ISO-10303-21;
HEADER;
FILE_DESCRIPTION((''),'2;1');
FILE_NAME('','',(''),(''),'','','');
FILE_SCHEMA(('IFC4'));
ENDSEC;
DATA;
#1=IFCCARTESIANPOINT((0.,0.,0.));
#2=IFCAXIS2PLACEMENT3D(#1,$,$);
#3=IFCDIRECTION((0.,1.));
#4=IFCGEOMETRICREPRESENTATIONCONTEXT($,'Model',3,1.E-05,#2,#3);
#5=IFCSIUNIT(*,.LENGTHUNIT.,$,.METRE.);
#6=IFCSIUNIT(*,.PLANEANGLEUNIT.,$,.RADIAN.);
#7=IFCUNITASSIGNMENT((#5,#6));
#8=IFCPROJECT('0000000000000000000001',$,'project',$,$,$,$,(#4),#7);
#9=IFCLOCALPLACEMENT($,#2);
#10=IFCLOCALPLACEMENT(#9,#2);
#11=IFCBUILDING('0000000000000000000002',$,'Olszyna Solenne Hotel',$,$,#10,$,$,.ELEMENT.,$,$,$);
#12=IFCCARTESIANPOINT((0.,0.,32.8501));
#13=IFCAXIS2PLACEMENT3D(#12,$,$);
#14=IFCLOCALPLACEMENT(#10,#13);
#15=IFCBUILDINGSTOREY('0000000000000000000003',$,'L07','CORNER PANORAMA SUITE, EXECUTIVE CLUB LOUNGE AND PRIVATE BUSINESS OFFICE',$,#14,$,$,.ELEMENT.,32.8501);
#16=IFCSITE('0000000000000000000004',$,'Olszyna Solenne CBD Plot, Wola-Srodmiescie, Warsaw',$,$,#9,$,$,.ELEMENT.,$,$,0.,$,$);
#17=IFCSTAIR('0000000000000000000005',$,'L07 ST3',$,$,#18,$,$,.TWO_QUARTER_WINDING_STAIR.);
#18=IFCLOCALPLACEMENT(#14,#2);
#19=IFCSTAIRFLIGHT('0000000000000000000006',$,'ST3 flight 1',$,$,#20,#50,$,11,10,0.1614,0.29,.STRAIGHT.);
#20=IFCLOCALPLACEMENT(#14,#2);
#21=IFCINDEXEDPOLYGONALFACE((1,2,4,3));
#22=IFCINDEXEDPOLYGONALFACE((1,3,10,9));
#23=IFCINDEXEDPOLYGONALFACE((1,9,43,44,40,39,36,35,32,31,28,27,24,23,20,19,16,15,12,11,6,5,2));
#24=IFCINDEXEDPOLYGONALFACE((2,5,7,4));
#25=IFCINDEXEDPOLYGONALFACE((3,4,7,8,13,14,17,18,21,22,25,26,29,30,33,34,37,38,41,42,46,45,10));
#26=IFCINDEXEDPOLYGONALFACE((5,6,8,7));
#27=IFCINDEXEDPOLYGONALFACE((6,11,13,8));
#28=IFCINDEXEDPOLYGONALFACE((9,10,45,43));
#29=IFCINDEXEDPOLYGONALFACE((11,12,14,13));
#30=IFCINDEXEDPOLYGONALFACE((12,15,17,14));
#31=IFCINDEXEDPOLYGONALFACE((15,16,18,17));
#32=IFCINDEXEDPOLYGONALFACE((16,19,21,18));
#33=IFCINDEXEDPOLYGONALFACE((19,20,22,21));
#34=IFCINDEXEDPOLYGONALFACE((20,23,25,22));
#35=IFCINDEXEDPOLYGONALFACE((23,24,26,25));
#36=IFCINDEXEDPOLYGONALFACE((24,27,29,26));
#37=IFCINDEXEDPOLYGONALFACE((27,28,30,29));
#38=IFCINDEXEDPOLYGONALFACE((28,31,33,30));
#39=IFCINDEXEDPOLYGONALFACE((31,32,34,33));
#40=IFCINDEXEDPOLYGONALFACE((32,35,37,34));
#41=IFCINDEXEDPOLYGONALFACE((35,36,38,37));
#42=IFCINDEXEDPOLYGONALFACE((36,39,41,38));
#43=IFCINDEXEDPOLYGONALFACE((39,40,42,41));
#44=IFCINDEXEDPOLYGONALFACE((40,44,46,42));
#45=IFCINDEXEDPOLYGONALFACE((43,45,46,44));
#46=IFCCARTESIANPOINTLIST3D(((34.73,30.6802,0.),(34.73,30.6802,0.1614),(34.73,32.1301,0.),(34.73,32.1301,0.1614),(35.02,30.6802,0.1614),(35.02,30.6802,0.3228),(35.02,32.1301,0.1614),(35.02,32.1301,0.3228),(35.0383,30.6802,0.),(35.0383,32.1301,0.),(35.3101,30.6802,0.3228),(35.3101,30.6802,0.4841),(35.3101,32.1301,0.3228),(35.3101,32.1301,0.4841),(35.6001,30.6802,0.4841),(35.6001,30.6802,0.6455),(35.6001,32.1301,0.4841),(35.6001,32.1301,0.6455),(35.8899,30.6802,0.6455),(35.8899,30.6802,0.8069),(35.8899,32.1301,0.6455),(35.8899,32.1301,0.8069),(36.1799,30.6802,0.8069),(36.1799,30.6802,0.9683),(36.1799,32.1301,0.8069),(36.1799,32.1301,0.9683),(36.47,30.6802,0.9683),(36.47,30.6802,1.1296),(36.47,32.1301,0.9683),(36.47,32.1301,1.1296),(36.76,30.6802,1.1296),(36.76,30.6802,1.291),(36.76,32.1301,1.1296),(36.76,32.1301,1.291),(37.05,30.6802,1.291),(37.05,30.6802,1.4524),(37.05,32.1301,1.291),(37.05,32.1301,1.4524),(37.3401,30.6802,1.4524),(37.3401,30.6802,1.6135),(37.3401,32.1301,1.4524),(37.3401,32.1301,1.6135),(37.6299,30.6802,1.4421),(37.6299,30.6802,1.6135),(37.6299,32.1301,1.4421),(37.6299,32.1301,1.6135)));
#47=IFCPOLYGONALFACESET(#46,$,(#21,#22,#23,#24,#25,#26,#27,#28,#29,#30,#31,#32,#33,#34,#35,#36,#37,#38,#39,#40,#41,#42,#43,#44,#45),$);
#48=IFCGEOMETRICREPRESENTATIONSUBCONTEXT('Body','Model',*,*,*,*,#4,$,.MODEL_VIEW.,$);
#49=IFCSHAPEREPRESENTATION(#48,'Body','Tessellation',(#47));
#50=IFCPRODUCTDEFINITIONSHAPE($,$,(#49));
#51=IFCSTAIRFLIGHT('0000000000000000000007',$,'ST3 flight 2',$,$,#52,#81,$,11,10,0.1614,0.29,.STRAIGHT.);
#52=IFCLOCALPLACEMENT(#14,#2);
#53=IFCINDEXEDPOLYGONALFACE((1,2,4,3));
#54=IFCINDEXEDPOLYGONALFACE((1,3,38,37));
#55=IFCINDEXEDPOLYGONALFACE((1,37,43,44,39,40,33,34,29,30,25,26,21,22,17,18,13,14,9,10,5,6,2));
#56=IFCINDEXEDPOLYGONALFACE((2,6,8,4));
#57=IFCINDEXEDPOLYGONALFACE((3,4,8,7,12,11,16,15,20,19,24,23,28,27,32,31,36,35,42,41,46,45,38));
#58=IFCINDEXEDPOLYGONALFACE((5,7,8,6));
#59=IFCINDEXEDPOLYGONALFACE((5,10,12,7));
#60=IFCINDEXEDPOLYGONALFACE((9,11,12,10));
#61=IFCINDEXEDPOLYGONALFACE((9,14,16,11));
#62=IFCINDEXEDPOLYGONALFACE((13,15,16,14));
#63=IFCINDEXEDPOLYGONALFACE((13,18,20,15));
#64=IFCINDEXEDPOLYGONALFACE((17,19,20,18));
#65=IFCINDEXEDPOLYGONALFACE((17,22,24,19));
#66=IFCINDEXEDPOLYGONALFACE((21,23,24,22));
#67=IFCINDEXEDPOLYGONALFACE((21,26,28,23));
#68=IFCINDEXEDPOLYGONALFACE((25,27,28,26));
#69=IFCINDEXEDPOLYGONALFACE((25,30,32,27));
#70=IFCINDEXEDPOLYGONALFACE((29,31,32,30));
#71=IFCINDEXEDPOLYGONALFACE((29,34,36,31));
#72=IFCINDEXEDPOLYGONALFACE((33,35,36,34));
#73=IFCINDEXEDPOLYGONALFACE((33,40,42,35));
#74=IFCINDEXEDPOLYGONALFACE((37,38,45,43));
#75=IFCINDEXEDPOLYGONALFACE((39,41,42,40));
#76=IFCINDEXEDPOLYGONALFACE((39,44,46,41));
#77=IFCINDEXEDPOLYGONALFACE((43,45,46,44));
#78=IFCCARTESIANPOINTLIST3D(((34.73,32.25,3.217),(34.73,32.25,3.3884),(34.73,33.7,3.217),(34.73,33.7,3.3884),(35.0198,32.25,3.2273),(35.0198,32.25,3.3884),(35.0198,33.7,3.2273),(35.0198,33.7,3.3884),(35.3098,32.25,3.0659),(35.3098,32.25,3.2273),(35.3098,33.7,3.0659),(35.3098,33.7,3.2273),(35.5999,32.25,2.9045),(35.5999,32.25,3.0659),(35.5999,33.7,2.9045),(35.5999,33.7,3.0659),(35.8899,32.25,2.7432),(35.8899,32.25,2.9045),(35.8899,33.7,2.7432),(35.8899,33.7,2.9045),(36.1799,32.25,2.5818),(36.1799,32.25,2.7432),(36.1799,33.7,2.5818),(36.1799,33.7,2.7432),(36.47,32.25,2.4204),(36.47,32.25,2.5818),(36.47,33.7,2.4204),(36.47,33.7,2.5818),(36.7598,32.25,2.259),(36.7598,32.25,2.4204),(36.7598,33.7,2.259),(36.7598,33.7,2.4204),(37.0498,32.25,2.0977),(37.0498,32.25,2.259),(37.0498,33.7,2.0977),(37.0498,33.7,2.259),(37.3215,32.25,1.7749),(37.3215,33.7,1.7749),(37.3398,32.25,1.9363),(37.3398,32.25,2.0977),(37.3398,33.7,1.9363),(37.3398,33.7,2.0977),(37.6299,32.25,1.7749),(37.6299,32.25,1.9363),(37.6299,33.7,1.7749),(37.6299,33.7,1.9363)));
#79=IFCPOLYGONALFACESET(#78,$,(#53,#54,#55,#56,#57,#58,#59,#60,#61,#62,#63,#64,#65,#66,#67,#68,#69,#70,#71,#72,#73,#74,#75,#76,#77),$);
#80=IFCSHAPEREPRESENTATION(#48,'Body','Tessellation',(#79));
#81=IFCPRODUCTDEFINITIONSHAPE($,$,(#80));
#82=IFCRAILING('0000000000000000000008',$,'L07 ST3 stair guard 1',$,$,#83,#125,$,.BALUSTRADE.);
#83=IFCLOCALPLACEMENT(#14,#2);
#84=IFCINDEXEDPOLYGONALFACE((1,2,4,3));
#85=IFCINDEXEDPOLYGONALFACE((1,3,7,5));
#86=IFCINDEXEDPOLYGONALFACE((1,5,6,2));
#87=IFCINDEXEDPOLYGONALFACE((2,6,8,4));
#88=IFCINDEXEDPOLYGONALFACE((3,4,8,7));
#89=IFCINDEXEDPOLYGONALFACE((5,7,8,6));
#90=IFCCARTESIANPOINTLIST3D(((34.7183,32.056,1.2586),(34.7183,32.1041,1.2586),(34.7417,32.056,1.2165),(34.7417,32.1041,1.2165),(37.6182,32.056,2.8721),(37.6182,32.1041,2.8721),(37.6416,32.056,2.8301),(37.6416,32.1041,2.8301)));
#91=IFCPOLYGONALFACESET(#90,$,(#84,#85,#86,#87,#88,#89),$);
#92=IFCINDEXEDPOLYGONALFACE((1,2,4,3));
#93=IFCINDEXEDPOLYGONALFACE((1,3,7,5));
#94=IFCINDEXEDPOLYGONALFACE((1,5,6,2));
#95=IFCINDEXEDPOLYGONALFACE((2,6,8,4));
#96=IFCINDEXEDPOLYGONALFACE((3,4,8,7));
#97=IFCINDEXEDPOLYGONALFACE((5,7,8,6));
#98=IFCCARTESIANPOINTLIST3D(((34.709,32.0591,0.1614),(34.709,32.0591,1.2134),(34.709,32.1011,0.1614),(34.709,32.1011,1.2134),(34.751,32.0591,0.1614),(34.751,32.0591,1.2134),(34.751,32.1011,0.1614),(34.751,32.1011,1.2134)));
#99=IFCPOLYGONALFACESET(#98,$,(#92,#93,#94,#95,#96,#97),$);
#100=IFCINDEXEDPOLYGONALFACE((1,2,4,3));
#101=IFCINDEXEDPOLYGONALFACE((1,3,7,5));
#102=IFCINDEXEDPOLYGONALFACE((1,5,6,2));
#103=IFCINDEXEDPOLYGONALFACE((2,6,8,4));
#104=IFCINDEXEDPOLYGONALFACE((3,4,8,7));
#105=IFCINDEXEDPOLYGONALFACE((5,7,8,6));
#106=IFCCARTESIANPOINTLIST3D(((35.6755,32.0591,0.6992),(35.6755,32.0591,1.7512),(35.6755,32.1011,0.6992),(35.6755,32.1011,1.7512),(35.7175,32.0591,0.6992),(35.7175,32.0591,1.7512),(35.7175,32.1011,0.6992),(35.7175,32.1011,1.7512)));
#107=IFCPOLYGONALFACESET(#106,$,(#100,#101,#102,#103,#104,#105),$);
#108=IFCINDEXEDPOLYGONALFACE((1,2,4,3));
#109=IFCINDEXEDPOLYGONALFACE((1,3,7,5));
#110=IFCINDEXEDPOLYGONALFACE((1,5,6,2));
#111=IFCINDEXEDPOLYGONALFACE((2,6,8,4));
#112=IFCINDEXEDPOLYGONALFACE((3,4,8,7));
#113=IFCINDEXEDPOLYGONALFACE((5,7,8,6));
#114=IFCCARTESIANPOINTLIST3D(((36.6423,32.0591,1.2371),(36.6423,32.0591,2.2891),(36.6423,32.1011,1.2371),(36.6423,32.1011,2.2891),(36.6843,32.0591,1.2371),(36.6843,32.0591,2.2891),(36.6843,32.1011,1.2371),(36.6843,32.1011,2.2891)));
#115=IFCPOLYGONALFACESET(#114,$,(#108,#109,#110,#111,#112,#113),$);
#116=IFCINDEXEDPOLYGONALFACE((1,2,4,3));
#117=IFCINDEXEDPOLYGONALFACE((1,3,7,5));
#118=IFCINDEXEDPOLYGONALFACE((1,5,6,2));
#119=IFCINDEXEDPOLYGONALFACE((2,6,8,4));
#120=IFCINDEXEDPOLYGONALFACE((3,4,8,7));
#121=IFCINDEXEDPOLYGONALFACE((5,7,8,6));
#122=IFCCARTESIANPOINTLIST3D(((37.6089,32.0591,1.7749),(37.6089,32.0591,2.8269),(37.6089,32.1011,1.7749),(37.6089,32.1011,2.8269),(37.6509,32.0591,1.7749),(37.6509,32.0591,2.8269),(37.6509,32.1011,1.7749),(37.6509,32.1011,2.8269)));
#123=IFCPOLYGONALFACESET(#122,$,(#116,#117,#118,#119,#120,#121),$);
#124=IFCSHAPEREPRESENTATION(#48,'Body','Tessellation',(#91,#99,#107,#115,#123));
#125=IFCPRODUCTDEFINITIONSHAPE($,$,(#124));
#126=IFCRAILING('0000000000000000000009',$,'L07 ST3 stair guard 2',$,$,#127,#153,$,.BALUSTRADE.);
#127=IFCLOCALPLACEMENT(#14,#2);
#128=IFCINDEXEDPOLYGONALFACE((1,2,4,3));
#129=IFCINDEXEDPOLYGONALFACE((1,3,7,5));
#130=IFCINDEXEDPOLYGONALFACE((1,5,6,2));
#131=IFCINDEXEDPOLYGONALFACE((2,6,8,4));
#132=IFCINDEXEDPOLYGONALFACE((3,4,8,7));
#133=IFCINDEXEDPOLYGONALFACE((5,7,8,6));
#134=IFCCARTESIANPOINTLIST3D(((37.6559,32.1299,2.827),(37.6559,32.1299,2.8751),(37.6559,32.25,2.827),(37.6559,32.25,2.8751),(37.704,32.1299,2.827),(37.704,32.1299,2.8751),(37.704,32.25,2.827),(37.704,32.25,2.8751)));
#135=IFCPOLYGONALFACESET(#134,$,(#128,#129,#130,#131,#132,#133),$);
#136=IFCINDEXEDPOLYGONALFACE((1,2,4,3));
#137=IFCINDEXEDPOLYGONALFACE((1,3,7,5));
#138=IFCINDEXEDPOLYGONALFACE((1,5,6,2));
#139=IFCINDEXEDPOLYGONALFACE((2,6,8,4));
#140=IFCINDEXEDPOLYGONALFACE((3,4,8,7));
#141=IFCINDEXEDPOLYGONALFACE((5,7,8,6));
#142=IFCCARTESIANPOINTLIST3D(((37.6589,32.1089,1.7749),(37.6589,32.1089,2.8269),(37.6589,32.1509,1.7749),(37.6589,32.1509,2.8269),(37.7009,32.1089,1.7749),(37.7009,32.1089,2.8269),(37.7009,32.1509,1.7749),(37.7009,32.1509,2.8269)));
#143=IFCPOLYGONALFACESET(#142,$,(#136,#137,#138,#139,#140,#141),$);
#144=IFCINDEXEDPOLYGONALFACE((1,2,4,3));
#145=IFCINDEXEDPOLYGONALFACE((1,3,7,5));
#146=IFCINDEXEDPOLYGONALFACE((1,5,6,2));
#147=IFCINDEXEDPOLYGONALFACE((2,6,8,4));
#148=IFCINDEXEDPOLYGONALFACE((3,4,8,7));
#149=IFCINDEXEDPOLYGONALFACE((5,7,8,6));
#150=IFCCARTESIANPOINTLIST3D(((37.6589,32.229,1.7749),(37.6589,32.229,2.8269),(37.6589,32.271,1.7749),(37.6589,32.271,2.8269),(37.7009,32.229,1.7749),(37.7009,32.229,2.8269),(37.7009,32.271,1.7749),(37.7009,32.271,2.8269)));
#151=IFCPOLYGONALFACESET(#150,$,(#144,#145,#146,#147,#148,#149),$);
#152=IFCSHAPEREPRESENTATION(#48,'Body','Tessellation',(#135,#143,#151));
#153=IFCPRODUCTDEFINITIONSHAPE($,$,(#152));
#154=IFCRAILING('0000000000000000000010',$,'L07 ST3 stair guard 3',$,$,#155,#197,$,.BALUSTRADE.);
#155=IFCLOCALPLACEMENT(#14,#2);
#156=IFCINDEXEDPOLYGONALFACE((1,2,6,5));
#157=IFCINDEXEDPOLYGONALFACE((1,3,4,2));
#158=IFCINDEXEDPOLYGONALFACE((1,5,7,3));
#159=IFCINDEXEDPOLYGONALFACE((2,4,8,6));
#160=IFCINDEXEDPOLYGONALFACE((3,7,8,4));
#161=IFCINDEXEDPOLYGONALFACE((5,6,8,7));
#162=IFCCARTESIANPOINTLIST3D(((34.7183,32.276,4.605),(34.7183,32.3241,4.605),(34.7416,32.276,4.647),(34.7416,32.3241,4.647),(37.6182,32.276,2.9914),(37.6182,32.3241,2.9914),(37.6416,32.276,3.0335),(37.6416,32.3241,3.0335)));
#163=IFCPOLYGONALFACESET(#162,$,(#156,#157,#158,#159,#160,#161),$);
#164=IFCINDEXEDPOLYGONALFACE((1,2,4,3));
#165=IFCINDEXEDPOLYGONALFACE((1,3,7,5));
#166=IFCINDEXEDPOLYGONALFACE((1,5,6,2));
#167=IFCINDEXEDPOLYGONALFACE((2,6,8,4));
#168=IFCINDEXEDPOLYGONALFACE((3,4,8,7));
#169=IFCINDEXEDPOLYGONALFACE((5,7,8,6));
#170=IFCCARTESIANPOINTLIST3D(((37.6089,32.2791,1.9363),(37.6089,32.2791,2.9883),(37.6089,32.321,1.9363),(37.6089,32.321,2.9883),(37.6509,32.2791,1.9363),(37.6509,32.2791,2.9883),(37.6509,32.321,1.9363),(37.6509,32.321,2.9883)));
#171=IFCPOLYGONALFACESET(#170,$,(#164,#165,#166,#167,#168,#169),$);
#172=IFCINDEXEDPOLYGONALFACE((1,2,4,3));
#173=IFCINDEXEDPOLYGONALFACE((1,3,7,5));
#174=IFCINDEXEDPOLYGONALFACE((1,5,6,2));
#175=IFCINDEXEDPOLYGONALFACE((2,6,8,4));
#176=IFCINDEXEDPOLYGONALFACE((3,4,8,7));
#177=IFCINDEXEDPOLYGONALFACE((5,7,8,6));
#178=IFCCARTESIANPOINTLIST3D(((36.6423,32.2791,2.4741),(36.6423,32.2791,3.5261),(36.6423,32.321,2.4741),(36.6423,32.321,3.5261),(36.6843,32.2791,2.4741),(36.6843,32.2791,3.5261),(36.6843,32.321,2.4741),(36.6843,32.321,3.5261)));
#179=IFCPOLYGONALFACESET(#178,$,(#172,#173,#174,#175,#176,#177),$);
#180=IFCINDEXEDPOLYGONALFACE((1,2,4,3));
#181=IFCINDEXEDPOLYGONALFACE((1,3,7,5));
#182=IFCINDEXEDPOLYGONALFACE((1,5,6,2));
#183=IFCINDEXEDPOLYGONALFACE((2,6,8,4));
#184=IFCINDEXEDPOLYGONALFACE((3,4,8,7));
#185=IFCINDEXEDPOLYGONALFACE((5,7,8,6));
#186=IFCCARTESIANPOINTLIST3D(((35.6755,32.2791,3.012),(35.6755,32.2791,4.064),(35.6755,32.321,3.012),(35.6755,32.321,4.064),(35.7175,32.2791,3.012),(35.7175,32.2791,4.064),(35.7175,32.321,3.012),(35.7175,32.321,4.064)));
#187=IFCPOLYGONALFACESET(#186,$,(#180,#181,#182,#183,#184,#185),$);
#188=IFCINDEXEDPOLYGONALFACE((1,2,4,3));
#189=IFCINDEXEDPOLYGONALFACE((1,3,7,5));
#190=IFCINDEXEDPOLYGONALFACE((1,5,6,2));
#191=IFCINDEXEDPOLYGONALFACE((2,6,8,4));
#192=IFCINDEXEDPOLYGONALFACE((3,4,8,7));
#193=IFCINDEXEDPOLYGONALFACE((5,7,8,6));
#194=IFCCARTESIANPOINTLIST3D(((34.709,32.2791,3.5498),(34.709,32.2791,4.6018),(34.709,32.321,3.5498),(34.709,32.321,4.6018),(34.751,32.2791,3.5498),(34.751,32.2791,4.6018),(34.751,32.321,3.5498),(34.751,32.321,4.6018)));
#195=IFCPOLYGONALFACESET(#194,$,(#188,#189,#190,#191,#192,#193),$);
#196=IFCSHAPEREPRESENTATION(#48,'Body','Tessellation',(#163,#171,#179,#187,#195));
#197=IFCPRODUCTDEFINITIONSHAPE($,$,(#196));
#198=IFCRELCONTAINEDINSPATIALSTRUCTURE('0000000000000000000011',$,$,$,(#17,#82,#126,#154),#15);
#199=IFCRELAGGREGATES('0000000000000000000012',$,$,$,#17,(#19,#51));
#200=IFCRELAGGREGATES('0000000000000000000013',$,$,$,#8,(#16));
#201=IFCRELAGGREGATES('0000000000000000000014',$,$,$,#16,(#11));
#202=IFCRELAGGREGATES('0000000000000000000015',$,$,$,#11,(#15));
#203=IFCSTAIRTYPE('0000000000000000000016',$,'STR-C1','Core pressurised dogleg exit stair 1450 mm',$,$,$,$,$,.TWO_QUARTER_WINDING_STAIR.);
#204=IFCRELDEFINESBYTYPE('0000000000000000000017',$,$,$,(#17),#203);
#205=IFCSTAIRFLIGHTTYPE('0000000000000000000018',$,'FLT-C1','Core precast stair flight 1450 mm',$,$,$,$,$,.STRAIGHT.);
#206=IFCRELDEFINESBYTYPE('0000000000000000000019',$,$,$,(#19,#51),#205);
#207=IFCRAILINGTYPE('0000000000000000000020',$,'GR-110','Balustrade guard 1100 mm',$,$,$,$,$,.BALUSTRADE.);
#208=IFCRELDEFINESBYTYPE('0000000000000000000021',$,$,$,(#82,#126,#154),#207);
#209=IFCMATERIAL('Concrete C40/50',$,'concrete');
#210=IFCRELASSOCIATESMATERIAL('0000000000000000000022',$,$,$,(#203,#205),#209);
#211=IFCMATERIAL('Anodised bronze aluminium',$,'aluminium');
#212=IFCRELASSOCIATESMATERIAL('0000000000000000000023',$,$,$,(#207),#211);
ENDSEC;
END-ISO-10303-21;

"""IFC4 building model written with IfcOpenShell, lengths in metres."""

from ifc_helpers import new_model, si_unit, direction, frame, origin, origin_2d, place, context, subcontext, project, spatial, polyline, rectangle, outline, extrude, material, type_object, element, aggregate, save


model = new_model("IFC4")

# Units and contexts
model_context = context("Model", 3, precision=1e-05, world=origin(), true_north=direction((0.0, 1.0)))
body_context = subcontext(model_context, "Body", "Model", "MODEL_VIEW")
ifc_project = project(units=[si_unit("LENGTHUNIT", "METRE"), si_unit("PLANEANGLEUNIT", "RADIAN")], contexts=[model_context])

# Site, building, storey
site_placement = place(None, origin())
site = spatial("IfcSite", under=ifc_project, at=site_placement, Name="Olszyna Solenne CBD Plot, Wola-Srodmiescie, Warsaw", CompositionType="ELEMENT", RefElevation=0.0)
building_placement = place(site_placement, origin())
building = spatial("IfcBuilding", under=site, at=building_placement, Name="Olszyna Solenne Hotel", CompositionType="ELEMENT")
storey_placement = place(building_placement, frame((0.0, 0.0, 32.8501)))
storey = spatial("IfcBuildingStorey", under=building, at=storey_placement, Name="L07", Description="CORNER PANORAMA SUITE, EXECUTIVE CLUB LOUNGE AND PRIVATE BUSINESS OFFICE", CompositionType="ELEMENT", Elevation=32.8501)

# Shared definitions
ifc_material_1 = material(Name="Anodised bronze aluminium", Category="aluminium")

# Stair, stair flights
ifc_material_2 = material(Name="Concrete C40/50", Category="concrete")
stair_type = type_object("IfcStairType", Name="STR-C1", Description="Core pressurised dogleg exit stair 1450 mm", PredefinedType="TWO_QUARTER_WINDING_STAIR", material=ifc_material_2)
stair_placement = place(storey_placement, origin())
stair = element("IfcStair", 1, at=stair_placement, inside=storey, type_object=stair_type, Name="L07 ST3", PredefinedType="TWO_QUARTER_WINDING_STAIR")
stair_flight_type = type_object("IfcStairFlightType", Name="FLT-C1", Description="Core precast stair flight 1450 mm", PredefinedType="STRAIGHT", material=ifc_material_2)
stair_flight_1_placement = place(storey_placement, frame((34.73, 31.405, 0.0), z_axis=(0.0, 0.0, 1.0), x_axis=(1.0, 0.0, 0.0)))
stair_flight_1 = element("IfcStairFlight", 2, at=stair_flight_1_placement, type_object=stair_flight_type, Name="ST3 flight 1", NumberOfRisers=11, NumberOfTreads=10, PredefinedType="STRAIGHT", RiserHeight=0.1614, TreadLength=0.29, context=body_context, shape_type="SweptSolid", body=[
    extrude(outline(polyline([(0.0, 0.0), (0.0, 0.1614), (0.29, 0.1614), (0.29, 0.3228), (0.5801, 0.3228), (0.5801, 0.4841), (0.8701, 0.4841), (0.8701, 0.6455), (1.1599, 0.6455), (1.1599, 0.8069), (1.45, 0.8069), (1.45, 0.9683), (1.74, 0.9683), (1.74, 1.1296), (2.03, 1.1296), (2.03, 1.291), (2.3201, 1.291), (2.3201, 1.4524), (2.6101, 1.4524), (2.6101, 1.6135), (2.8999, 1.6135), (2.8999, 1.7749), (2.8999, 1.4421), (0.3083, 0.0), (0.0, 0.0)])), frame((0.0, 0.7251, 0.0), z_axis=(0.0, -1.0, 0.0), x_axis=(1.0, 0.0, 0.0)), (0.0, 0.0, 1.0), 1.45),
])
stair_flight_2_placement = place(storey_placement, frame((37.6299, 32.9751, 1.7749), z_axis=(0.0, 0.0, 1.0), x_axis=(-1.0, 0.0, 0.0)))
stair_flight_2 = element("IfcStairFlight", 3, at=stair_flight_2_placement, type_object=stair_flight_type, Name="ST3 flight 2", NumberOfRisers=11, NumberOfTreads=10, PredefinedType="STRAIGHT", RiserHeight=0.1614, TreadLength=0.29, context=body_context, shape_type="SweptSolid", body=[
    extrude(outline(polyline([(0.0, 0.0), (0.0, 0.1614), (0.29, 0.1614), (0.29, 0.3228), (0.5801, 0.3228), (0.5801, 0.4841), (0.8701, 0.4841), (0.8701, 0.6455), (1.1599, 0.6455), (1.1599, 0.8069), (1.45, 0.8069), (1.45, 0.9683), (1.74, 0.9683), (1.74, 1.1296), (2.03, 1.1296), (2.03, 1.291), (2.3201, 1.291), (2.3201, 1.4524), (2.6101, 1.4524), (2.6101, 1.6135), (2.8999, 1.6135), (2.8999, 1.7749), (2.8999, 1.4421), (0.3083, 0.0), (0.0, 0.0)])), frame((0.0, 0.7251, 0.0), z_axis=(0.0, -1.0, 0.0), x_axis=(1.0, 0.0, 0.0)), (0.0, 0.0, 1.0), 1.45),
])
aggregate(stair, [stair_flight_1, stair_flight_2])

# Railings
railing_type_1 = type_object("IfcRailingType", Name="GR-110", Description="Balustrade guard 1100 mm", PredefinedType="BALUSTRADE", material=ifc_material_1)
railing_1_placement = place(storey_placement, frame((34.73, 32.0801, 0.1614)))
element("IfcRailing", 4, at=railing_1_placement, inside=storey, type_object=railing_type_1, Name="L07 ST3 stair guard 1", PredefinedType="BALUSTRADE", context=body_context, shape_type="SweptSolid", body=[
    extrude(rectangle(XDim=0.0481, YDim=0.0481, at=origin_2d()), frame((0.0, 0.0, 1.0762), z_axis=(0.873841, 0.0, 0.486211), x_axis=(0.0, 1.0, 0.0)), (0.0, 0.0, 1.0), 3.3186),
    extrude(rectangle(XDim=0.042, YDim=0.042, at=origin_2d()), origin(), (0.0, 0.0, 1.0), 1.052),
    extrude(rectangle(XDim=0.042, YDim=0.042, at=origin_2d()), frame((0.9666, 0.0, 0.5378)), (0.0, 0.0, 1.0), 1.052),
    extrude(rectangle(XDim=0.042, YDim=0.042, at=origin_2d()), frame((1.9333, 0.0, 1.0757)), (0.0, 0.0, 1.0), 1.052),
    extrude(rectangle(XDim=0.042, YDim=0.042, at=origin_2d()), frame((2.8999, 0.0, 1.6135)), (0.0, 0.0, 1.0), 1.052),
])
railing_2_placement = place(storey_placement, frame((37.6799, 32.1299, 1.7749)))
element("IfcRailing", 5, at=railing_2_placement, inside=storey, type_object=railing_type_1, Name="L07 ST3 stair guard 2", PredefinedType="BALUSTRADE", context=body_context, shape_type="SweptSolid", body=[
    extrude(rectangle(XDim=0.0481, YDim=0.0481, at=origin_2d()), frame((0.0, 0.0, 1.0762), z_axis=(0.0, 1.0, 0.0), x_axis=(-1.0, 0.0, 0.0)), (0.0, 0.0, 1.0), 0.1201),
    extrude(rectangle(XDim=0.042, YDim=0.042, at=origin_2d()), origin(), (0.0, 0.0, 1.0), 1.052),
    extrude(rectangle(XDim=0.042, YDim=0.042, at=origin_2d()), frame((0.0, 0.1201, 0.0)), (0.0, 0.0, 1.0), 1.052),
])
railing_3_placement = place(storey_placement, frame((37.6299, 32.3, 1.9363)))
element("IfcRailing", 6, at=railing_3_placement, inside=storey, type_object=railing_type_1, Name="L07 ST3 stair guard 3", PredefinedType="BALUSTRADE", context=body_context, shape_type="SweptSolid", body=[
    extrude(rectangle(XDim=0.0481, YDim=0.0481, at=origin_2d()), frame((0.0, 0.0, 1.0762), z_axis=(-0.873841, 0.0, 0.486211), x_axis=(0.0, -1.0, 0.0)), (0.0, 0.0, 1.0), 3.3186),
    extrude(rectangle(XDim=0.042, YDim=0.042, at=origin_2d()), origin(), (0.0, 0.0, 1.0), 1.052),
    extrude(rectangle(XDim=0.042, YDim=0.042, at=origin_2d()), frame((-0.9666, 0.0, 0.5378)), (0.0, 0.0, 1.0), 1.052),
    extrude(rectangle(XDim=0.042, YDim=0.042, at=origin_2d()), frame((-1.9333, 0.0, 1.0757)), (0.0, 0.0, 1.0), 1.052),
    extrude(rectangle(XDim=0.042, YDim=0.042, at=origin_2d()), frame((-2.8999, 0.0, 1.6135)), (0.0, 0.0, 1.0), 1.052),
])

save(model, "model.ifc")
